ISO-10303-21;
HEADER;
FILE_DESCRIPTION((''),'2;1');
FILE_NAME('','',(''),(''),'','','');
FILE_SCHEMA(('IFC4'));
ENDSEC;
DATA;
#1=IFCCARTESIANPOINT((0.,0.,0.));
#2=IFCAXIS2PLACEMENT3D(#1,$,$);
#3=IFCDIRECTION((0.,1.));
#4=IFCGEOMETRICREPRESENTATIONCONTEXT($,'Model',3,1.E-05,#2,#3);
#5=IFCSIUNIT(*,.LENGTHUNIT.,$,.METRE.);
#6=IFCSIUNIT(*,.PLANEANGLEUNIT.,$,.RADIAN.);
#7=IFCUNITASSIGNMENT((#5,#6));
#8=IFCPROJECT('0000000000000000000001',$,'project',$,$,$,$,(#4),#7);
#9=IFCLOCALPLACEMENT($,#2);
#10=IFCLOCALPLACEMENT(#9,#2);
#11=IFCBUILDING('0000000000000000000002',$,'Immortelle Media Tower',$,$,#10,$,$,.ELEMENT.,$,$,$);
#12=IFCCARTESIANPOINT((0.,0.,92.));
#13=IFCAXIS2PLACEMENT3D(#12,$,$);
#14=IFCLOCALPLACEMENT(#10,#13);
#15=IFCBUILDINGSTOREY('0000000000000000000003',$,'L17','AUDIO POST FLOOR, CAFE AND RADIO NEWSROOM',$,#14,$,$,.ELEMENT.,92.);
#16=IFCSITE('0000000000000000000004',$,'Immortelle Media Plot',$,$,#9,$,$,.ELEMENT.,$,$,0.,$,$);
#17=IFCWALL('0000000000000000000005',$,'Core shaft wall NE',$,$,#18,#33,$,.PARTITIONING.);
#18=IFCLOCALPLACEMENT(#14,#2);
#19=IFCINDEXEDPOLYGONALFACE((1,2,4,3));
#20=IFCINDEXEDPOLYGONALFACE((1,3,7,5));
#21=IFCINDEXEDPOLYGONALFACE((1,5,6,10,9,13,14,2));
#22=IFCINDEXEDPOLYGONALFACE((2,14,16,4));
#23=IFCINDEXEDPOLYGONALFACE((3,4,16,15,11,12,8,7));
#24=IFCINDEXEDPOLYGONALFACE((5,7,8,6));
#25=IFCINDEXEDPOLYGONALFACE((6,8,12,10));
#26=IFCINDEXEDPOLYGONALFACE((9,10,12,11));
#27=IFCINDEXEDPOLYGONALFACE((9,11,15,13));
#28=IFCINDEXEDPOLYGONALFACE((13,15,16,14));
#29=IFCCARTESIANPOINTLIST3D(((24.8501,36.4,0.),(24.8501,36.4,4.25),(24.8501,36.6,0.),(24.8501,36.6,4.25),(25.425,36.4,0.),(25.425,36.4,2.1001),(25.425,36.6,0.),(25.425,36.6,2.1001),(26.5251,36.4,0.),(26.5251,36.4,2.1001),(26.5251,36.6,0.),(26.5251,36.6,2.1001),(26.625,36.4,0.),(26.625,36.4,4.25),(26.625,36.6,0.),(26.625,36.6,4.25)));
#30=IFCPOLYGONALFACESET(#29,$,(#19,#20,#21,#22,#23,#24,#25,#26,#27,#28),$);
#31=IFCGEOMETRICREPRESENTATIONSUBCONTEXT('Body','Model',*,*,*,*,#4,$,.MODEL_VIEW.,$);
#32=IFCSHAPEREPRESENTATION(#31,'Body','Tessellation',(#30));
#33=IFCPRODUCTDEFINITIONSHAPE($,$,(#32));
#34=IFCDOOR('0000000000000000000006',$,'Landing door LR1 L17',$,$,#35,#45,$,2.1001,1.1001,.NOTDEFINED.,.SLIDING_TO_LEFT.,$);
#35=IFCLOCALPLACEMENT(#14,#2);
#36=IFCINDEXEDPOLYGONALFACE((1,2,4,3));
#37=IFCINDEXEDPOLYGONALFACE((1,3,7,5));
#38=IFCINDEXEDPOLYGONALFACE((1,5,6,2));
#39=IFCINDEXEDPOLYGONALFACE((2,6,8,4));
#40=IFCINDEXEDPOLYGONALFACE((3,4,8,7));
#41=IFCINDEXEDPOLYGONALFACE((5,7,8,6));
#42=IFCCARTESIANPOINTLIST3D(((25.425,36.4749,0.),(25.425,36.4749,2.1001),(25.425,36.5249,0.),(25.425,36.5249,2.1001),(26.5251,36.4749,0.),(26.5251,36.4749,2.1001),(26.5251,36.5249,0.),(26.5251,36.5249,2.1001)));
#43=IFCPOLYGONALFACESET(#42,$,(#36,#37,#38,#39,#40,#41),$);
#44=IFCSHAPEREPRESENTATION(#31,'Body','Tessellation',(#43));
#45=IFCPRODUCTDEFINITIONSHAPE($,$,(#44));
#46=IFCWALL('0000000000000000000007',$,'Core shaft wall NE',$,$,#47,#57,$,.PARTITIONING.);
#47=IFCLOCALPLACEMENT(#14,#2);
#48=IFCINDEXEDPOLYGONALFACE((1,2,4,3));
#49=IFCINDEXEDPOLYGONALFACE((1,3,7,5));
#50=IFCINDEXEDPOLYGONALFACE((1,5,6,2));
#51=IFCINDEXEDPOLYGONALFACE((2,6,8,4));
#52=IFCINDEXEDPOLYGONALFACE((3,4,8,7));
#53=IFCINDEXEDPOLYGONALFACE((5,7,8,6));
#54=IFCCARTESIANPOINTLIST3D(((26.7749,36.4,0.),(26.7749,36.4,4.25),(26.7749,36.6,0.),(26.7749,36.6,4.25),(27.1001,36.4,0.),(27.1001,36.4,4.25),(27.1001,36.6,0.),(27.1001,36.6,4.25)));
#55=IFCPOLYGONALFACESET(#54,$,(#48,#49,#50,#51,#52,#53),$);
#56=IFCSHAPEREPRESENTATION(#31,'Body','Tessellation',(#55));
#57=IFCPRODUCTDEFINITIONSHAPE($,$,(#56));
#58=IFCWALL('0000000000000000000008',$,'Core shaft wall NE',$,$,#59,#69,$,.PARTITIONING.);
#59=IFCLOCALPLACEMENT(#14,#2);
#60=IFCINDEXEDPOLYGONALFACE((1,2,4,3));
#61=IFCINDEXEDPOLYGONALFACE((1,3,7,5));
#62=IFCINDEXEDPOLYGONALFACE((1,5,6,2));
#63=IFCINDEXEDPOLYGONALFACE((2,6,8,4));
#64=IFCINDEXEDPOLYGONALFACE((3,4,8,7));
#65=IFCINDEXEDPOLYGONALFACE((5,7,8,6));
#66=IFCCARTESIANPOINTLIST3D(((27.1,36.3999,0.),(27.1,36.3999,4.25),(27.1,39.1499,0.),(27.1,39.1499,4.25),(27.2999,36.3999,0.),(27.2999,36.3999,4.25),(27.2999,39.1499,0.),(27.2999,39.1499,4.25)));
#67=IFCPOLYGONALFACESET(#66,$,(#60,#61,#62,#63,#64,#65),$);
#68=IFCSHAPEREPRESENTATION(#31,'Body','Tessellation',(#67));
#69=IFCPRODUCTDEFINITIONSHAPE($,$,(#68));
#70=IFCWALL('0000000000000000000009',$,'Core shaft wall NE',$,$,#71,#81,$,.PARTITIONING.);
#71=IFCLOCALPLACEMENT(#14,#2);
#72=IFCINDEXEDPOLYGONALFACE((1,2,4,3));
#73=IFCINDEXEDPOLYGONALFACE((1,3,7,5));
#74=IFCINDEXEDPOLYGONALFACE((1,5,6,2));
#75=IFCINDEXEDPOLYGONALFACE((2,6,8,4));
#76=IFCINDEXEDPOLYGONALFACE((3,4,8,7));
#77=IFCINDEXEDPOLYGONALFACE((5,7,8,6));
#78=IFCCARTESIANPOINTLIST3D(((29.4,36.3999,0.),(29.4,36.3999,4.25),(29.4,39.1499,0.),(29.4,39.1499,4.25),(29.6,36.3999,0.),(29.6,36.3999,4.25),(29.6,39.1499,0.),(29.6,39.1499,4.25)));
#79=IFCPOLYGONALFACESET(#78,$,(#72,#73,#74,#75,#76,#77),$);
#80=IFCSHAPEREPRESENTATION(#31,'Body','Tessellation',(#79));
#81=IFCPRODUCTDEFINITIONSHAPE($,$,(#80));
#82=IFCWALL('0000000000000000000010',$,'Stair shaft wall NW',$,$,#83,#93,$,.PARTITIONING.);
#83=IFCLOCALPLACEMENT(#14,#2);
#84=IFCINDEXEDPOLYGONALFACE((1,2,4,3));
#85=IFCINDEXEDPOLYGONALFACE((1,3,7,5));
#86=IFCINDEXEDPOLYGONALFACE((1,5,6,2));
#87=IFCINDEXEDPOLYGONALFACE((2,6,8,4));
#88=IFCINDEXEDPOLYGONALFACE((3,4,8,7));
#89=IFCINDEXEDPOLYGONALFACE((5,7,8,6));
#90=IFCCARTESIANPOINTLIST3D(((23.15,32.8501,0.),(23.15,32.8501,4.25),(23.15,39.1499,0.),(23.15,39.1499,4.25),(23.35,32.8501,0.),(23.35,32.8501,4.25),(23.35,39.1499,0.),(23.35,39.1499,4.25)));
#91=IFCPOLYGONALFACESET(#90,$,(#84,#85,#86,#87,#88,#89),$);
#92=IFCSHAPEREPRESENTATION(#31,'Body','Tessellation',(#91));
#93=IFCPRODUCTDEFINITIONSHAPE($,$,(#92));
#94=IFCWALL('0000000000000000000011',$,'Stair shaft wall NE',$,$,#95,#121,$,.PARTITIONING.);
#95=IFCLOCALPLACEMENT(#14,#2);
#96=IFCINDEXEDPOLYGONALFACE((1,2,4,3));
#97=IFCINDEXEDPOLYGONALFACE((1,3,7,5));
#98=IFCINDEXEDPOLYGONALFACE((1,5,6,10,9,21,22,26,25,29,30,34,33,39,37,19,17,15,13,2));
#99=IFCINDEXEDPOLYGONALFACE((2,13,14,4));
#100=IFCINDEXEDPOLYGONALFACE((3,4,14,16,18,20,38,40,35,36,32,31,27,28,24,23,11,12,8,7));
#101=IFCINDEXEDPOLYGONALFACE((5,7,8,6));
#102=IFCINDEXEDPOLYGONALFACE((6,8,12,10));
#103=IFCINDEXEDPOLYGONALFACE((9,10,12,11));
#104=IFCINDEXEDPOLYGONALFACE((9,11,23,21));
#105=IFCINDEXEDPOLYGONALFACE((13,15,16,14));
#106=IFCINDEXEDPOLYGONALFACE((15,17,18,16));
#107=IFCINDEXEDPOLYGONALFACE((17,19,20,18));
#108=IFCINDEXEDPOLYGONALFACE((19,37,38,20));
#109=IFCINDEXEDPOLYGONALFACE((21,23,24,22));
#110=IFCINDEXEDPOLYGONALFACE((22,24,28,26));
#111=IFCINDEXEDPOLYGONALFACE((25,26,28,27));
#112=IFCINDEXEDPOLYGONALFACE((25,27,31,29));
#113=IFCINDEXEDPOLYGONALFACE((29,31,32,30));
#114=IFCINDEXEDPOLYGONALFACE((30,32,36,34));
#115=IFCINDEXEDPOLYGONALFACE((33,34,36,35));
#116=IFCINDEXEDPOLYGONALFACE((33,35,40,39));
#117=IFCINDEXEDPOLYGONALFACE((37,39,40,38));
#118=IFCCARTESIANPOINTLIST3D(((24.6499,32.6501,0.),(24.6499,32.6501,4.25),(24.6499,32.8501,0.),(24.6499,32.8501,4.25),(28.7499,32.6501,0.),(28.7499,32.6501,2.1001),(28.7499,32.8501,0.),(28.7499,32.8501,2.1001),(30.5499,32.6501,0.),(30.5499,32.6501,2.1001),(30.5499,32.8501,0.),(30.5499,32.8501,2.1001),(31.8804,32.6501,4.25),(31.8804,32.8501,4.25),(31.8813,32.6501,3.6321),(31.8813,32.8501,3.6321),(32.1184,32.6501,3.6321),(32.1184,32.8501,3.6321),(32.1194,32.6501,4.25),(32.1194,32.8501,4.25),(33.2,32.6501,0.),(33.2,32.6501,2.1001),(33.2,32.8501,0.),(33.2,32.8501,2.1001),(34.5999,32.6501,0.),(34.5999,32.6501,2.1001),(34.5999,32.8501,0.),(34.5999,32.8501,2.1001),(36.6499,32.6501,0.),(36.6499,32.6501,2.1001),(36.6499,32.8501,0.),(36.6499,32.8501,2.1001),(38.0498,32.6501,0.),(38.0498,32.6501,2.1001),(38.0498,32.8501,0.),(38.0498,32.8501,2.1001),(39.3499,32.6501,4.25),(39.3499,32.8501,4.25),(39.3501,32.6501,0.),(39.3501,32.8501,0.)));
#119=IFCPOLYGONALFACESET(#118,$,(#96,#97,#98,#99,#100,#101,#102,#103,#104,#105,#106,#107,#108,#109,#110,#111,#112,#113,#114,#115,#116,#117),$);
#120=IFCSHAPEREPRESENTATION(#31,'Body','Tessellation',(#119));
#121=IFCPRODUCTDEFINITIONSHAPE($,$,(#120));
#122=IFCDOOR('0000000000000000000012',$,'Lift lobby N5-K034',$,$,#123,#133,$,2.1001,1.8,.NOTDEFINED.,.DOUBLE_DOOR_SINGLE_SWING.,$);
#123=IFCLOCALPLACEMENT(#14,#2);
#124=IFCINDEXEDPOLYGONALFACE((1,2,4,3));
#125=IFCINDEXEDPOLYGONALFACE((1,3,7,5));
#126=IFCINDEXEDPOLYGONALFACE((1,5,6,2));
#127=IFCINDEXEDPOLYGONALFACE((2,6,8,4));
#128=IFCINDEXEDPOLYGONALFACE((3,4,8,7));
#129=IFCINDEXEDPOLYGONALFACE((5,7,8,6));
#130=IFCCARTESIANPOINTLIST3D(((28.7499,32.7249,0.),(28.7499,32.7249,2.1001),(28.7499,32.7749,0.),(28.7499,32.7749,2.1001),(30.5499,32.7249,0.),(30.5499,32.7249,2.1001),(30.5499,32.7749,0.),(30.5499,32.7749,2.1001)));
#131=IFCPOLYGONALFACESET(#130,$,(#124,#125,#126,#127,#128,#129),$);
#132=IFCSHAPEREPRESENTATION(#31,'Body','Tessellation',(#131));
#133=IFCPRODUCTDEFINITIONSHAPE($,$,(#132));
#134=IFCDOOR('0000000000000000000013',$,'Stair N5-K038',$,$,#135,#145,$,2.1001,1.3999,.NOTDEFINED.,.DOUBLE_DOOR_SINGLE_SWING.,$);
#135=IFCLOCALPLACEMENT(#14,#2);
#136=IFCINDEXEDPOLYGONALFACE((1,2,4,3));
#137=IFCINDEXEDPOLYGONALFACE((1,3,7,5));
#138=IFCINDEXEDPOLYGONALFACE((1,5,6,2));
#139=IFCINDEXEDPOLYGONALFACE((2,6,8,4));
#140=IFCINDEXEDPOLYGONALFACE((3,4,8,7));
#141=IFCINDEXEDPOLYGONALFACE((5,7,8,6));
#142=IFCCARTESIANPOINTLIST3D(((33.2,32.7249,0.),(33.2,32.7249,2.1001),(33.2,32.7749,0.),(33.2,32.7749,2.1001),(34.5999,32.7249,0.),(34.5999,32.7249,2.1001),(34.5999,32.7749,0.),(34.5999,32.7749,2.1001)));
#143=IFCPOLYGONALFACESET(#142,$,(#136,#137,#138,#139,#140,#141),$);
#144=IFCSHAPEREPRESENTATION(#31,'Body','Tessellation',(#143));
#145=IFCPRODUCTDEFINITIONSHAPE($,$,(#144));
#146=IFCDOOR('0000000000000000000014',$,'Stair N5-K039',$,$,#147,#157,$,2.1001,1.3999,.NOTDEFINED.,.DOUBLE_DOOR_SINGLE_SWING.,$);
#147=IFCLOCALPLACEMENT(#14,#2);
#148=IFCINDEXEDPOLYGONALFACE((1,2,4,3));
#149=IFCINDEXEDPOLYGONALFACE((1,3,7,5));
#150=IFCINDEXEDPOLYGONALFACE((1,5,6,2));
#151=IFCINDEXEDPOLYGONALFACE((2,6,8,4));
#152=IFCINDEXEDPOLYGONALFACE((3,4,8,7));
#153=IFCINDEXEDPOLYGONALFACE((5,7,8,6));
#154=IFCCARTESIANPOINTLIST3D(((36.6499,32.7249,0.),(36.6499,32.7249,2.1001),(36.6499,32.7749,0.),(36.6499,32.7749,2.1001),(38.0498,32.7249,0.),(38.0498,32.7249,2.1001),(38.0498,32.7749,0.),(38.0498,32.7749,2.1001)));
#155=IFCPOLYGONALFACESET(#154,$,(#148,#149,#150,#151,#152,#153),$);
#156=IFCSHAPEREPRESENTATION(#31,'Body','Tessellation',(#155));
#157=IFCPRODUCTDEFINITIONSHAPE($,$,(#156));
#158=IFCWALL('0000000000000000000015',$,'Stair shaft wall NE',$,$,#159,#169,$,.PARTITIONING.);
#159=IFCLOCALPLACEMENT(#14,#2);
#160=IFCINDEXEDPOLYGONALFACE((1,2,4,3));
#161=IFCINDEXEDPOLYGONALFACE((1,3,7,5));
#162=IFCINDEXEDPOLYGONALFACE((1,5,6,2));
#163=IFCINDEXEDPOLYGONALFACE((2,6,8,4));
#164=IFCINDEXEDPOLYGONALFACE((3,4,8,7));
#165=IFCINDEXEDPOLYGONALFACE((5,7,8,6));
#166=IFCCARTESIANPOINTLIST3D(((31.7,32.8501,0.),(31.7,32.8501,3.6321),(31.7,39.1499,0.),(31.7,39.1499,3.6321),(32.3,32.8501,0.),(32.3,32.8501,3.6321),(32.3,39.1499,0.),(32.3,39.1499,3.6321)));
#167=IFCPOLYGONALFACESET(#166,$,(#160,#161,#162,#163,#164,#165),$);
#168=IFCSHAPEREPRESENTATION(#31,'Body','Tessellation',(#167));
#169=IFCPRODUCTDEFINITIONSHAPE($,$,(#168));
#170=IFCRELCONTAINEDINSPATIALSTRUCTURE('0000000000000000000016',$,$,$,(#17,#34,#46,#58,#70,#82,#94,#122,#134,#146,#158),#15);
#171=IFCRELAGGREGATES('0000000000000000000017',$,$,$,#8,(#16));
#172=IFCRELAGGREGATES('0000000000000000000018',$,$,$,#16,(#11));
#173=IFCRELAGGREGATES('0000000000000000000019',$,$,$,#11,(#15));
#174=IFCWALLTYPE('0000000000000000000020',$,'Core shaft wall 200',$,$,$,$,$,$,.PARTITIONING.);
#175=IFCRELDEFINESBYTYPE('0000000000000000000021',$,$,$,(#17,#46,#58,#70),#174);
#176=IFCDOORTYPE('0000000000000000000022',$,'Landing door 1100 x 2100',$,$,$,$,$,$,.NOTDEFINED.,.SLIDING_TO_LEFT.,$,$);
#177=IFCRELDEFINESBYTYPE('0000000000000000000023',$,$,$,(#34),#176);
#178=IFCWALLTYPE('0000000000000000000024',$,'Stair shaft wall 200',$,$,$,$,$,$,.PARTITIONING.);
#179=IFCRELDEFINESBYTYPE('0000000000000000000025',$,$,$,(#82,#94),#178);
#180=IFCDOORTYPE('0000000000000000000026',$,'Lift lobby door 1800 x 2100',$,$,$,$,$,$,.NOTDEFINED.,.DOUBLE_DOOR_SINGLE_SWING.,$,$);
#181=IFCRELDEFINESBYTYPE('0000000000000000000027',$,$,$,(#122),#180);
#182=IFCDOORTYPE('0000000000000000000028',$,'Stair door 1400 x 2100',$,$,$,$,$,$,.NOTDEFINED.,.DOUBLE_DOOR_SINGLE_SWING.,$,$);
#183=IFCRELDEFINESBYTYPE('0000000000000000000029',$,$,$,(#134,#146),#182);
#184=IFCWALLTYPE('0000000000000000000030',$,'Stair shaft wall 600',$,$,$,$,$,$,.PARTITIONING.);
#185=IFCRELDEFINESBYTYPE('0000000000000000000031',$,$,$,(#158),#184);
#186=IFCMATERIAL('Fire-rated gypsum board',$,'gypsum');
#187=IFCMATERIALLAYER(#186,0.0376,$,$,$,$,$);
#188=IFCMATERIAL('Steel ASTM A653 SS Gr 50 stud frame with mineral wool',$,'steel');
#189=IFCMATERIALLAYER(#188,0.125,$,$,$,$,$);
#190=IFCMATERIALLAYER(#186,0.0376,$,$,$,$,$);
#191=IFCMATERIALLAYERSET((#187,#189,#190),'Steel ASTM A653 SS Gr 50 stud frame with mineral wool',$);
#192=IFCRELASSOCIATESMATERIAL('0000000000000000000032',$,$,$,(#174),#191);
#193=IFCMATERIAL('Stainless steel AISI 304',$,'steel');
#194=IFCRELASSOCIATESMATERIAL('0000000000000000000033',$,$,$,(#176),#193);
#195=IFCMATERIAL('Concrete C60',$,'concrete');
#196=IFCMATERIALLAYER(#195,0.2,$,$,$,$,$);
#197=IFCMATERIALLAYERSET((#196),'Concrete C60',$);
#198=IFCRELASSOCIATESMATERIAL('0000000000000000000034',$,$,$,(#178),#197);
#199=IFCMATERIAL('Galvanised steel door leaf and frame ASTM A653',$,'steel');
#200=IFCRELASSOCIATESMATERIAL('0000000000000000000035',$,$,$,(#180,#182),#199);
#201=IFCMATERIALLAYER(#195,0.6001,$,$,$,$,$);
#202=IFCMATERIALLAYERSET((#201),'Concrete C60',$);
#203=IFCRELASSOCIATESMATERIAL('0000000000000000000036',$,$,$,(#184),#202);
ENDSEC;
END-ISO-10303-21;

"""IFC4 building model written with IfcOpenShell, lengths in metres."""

from ifc_helpers import new_model, si_unit, direction, frame, frame_2d, origin, place, context, subcontext, project, spatial, polyline, rectangle, outline, extrude, material, layer, layer_set, type_object, element, fill, save


model = new_model("IFC4")

# Units and contexts
model_context = context("Model", 3, precision=1e-05, world=origin(), true_north=direction((0.0, 1.0)))
body_context = subcontext(model_context, "Body", "Model", "MODEL_VIEW")
ifc_project = project(units=[si_unit("LENGTHUNIT", "METRE"), si_unit("PLANEANGLEUNIT", "RADIAN")], contexts=[model_context])

# Site, building, storey
site_placement = place(None, origin())
site = spatial("IfcSite", under=ifc_project, at=site_placement, Name="Immortelle Media Plot", CompositionType="ELEMENT", RefElevation=0.0)
building_placement = place(site_placement, origin())
building = spatial("IfcBuilding", under=site, at=building_placement, Name="Immortelle Media Tower", CompositionType="ELEMENT")
storey_placement = place(building_placement, frame((0.0, 0.0, 92.0)))
storey = spatial("IfcBuildingStorey", under=building, at=storey_placement, Name="L17", Description="AUDIO POST FLOOR, CAFE AND RADIO NEWSROOM", CompositionType="ELEMENT", Elevation=92.0)

# Shared definitions
ifc_material_1 = material(Name="Fire-rated gypsum board", Category="gypsum")
ifc_material_2 = material(Name="Steel ASTM A653 SS Gr 50 stud frame with mineral wool", Category="steel")

# Shared definitions
ifc_material_3 = material(Name="Galvanised steel door leaf and frame ASTM A653", Category="steel")

# Shared definitions
ifc_layer_1 = layer(ifc_material_1, 0.0376)
ifc_layer_2 = layer(ifc_material_2, 0.125)
ifc_layer_3 = layer(ifc_material_1, 0.0376)
ifc_layer_set_1 = layer_set([ifc_layer_1, ifc_layer_2, ifc_layer_3], Name="Steel ASTM A653 SS Gr 50 stud frame with mineral wool")
wall_type_1 = type_object("IfcWallType", Name="Core shaft wall 200", PredefinedType="PARTITIONING", material=ifc_layer_set_1)

# Wall, opening, door
wall_1_placement = place(storey_placement, frame((24.8501, 36.5, 0.0), z_axis=(0.0, 0.0, 1.0), x_axis=(1.0, 0.0, 0.0)))
wall_1 = element("IfcWall", 1, at=wall_1_placement, inside=storey, type_object=wall_type_1, Name="Core shaft wall NE", PredefinedType="PARTITIONING", context=body_context, shape_type="SweptSolid", body=[
    extrude(rectangle(XDim=1.7749, YDim=0.2, at=frame_2d((0.8875, 0.0))), origin(), (0.0, 0.0, 1.0), 4.25),
])
opening_1_placement = place(wall_1_placement, frame((0.575, 0.0, 0.0)))
opening_1 = element("IfcOpeningElement", 2, at=opening_1_placement, cuts=wall_1, PredefinedType="OPENING", context=body_context, shape_type="SweptSolid", body=[
    extrude(rectangle(XDim=1.1001, YDim=2.1001, at=frame_2d((0.55, 1.05))), frame((0.0, 0.1099, 0.0), z_axis=(0.0, -1.0, 0.0), x_axis=(1.0, 0.0, 0.0)), (0.0, 0.0, 1.0), 0.22),
])
ifc_material_4 = material(Name="Stainless steel AISI 304", Category="steel")
door_type_1 = type_object("IfcDoorType", Name="Landing door 1100 x 2100", OperationType="SLIDING_TO_LEFT", PredefinedType="NOTDEFINED", material=ifc_material_4)
door_1_placement = place(opening_1_placement, origin())
door_1 = element("IfcDoor", 3, at=door_1_placement, inside=storey, type_object=door_type_1, Name="Landing door LR1 L17", OperationType="SLIDING_TO_LEFT", OverallHeight=2.1001, OverallWidth=1.1001, PredefinedType="NOTDEFINED", context=body_context, shape_type="SweptSolid", body=[
    extrude(rectangle(XDim=1.1001, YDim=2.1001, at=frame_2d((0.55, 1.05))), frame((0.0, 0.0249, 0.0), z_axis=(0.0, -1.0, 0.0), x_axis=(1.0, 0.0, 0.0)), (0.0, 0.0, 1.0), 0.05),
])
fill(opening_1, door_1)

# Walls
wall_2_placement = place(storey_placement, frame((26.7749, 36.5, 0.0), z_axis=(0.0, 0.0, 1.0), x_axis=(1.0, 0.0, 0.0)))
element("IfcWall", 4, at=wall_2_placement, inside=storey, type_object=wall_type_1, Name="Core shaft wall NE", PredefinedType="PARTITIONING", context=body_context, shape_type="SweptSolid", body=[
    extrude(rectangle(XDim=0.3252, YDim=0.2, at=frame_2d((0.1626, 0.0))), origin(), (0.0, 0.0, 1.0), 4.25),
])
for number, where, z_axis, x_axis, name in (
    (5, (27.2, 36.3999, 0.0), (0.0, 0.0, 1.0), (0.0, 1.0, 0.0), "Core shaft wall NE"),
    (6, (29.5, 36.3999, 0.0), (0.0, 0.0, 1.0), (0.0, 1.0, 0.0), "Core shaft wall NE"),
):
    element("IfcWall", number, at=place(storey_placement, frame(where, z_axis=z_axis, x_axis=x_axis)), inside=storey, type_object=wall_type_1, Name=name, PredefinedType="PARTITIONING", context=body_context, shape_type="SweptSolid", body=[
        extrude(rectangle(XDim=2.75, YDim=0.2, at=frame_2d((1.375, 0.0))), origin(), (0.0, 0.0, 1.0), 4.25),
    ])
ifc_material_5 = material(Name="Concrete C60", Category="concrete")
ifc_layer_4 = layer(ifc_material_5, 0.2)
ifc_layer_set_2 = layer_set([ifc_layer_4], Name="Concrete C60")
wall_type_2 = type_object("IfcWallType", Name="Stair shaft wall 200", PredefinedType="PARTITIONING", material=ifc_layer_set_2)
wall_3_placement = place(storey_placement, frame((23.25, 32.8501, 0.0), z_axis=(0.0, 0.0, 1.0), x_axis=(0.0, 1.0, 0.0)))
element("IfcWall", 7, at=wall_3_placement, inside=storey, type_object=wall_type_2, Name="Stair shaft wall NW", PredefinedType="PARTITIONING", context=body_context, shape_type="SweptSolid", body=[
    extrude(rectangle(XDim=6.2998, YDim=0.2, at=frame_2d((3.1499, 0.0))), origin(), (0.0, 0.0, 1.0), 4.25),
])

# Wall, openings, doors
wall_4_placement = place(storey_placement, frame((24.6499, 32.75, 0.0), z_axis=(0.0, 0.0, 1.0), x_axis=(1.0, 0.0, 0.0)))
wall_4 = element("IfcWall", 8, at=wall_4_placement, inside=storey, type_object=wall_type_2, Name="Stair shaft wall NE", PredefinedType="PARTITIONING", context=body_context, shape_type="SweptSolid", body=[
    extrude(outline(polyline([(0.0, 0.0), (14.7002, 0.0), (14.7, 4.25), (7.4695, 4.25), (7.4685, 3.6321), (7.2314, 3.6321), (7.2305, 4.25), (0.0, 4.25), (0.0, 0.0)])), frame((0.0, 0.1001, 0.0), z_axis=(0.0, -1.0, 0.0), x_axis=(1.0, 0.0, 0.0)), (0.0, 0.0, 1.0), 0.2),
])
opening_2_placement = place(wall_4_placement, frame((4.1001, 0.0, 0.0)))
opening_2 = element("IfcOpeningElement", 9, at=opening_2_placement, cuts=wall_4, PredefinedType="OPENING", context=body_context, shape_type="SweptSolid", body=[
    extrude(rectangle(XDim=1.8, YDim=2.1001, at=frame_2d((0.8999, 1.05))), frame((0.0, 0.1099, 0.0), z_axis=(0.0, -1.0, 0.0), x_axis=(1.0, 0.0, 0.0)), (0.0, 0.0, 1.0), 0.22),
])
opening_3_placement = place(wall_4_placement, frame((8.55, 0.0, 0.0)))
opening_3 = element("IfcOpeningElement", 10, at=opening_3_placement, cuts=wall_4, PredefinedType="OPENING", context=body_context, shape_type="SweptSolid", body=[
    extrude(rectangle(XDim=1.3999, YDim=2.1001, at=frame_2d((0.7, 1.05))), frame((0.0, 0.1099, 0.0), z_axis=(0.0, -1.0, 0.0), x_axis=(1.0, 0.0, 0.0)), (0.0, 0.0, 1.0), 0.22),
])
opening_4_placement = place(wall_4_placement, frame((12.0, 0.0, 0.0)))
opening_4 = element("IfcOpeningElement", 11, at=opening_4_placement, cuts=wall_4, PredefinedType="OPENING", context=body_context, shape_type="SweptSolid", body=[
    extrude(rectangle(XDim=1.3999, YDim=2.1001, at=frame_2d((0.7, 1.05))), frame((0.0, 0.1099, 0.0), z_axis=(0.0, -1.0, 0.0), x_axis=(1.0, 0.0, 0.0)), (0.0, 0.0, 1.0), 0.22),
])
door_type_2 = type_object("IfcDoorType", Name="Lift lobby door 1800 x 2100", OperationType="DOUBLE_DOOR_SINGLE_SWING", PredefinedType="NOTDEFINED", material=ifc_material_3)
door_2_placement = place(opening_2_placement, origin())
door_2 = element("IfcDoor", 12, at=door_2_placement, inside=storey, type_object=door_type_2, Name="Lift lobby N5-K034", OperationType="DOUBLE_DOOR_SINGLE_SWING", OverallHeight=2.1001, OverallWidth=1.8, PredefinedType="NOTDEFINED", context=body_context, shape_type="SweptSolid", body=[
    extrude(rectangle(XDim=1.8, YDim=2.1001, at=frame_2d((0.8999, 1.05))), frame((0.0, 0.0249, 0.0), z_axis=(0.0, -1.0, 0.0), x_axis=(1.0, 0.0, 0.0)), (0.0, 0.0, 1.0), 0.05),
])
fill(opening_2, door_2)
door_type_3 = type_object("IfcDoorType", Name="Stair door 1400 x 2100", OperationType="DOUBLE_DOOR_SINGLE_SWING", PredefinedType="NOTDEFINED", material=ifc_material_3)
door_3_placement = place(opening_3_placement, origin())
door_3 = element("IfcDoor", 13, at=door_3_placement, inside=storey, type_object=door_type_3, Name="Stair N5-K038", OperationType="DOUBLE_DOOR_SINGLE_SWING", OverallHeight=2.1001, OverallWidth=1.3999, PredefinedType="NOTDEFINED", context=body_context, shape_type="SweptSolid", body=[
    extrude(rectangle(XDim=1.3999, YDim=2.1001, at=frame_2d((0.7, 1.05))), frame((0.0, 0.0249, 0.0), z_axis=(0.0, -1.0, 0.0), x_axis=(1.0, 0.0, 0.0)), (0.0, 0.0, 1.0), 0.05),
])
fill(opening_3, door_3)
door_4_placement = place(opening_4_placement, origin())
door_4 = element("IfcDoor", 14, at=door_4_placement, inside=storey, type_object=door_type_3, Name="Stair N5-K039", OperationType="DOUBLE_DOOR_SINGLE_SWING", OverallHeight=2.1001, OverallWidth=1.3999, PredefinedType="NOTDEFINED", context=body_context, shape_type="SweptSolid", body=[
    extrude(rectangle(XDim=1.3999, YDim=2.1001, at=frame_2d((0.7, 1.05))), frame((0.0, 0.0249, 0.0), z_axis=(0.0, -1.0, 0.0), x_axis=(1.0, 0.0, 0.0)), (0.0, 0.0, 1.0), 0.05),
])
fill(opening_4, door_4)

# Wall
ifc_layer_5 = layer(ifc_material_5, 0.6001)
ifc_layer_set_3 = layer_set([ifc_layer_5], Name="Concrete C60")
wall_type_3 = type_object("IfcWallType", Name="Stair shaft wall 600", PredefinedType="PARTITIONING", material=ifc_layer_set_3)
wall_5_placement = place(storey_placement, frame((32.0, 32.8501, 0.0), z_axis=(0.0, 0.0, 1.0), x_axis=(0.0, 1.0, 0.0)))
element("IfcWall", 15, at=wall_5_placement, inside=storey, type_object=wall_type_3, Name="Stair shaft wall NE", PredefinedType="PARTITIONING", context=body_context, shape_type="SweptSolid", body=[
    extrude(rectangle(XDim=6.2998, YDim=0.6001, at=frame_2d((3.1499, 0.0))), origin(), (0.0, 0.0, 1.0), 3.6321),
])

save(model, "model.ifc")
